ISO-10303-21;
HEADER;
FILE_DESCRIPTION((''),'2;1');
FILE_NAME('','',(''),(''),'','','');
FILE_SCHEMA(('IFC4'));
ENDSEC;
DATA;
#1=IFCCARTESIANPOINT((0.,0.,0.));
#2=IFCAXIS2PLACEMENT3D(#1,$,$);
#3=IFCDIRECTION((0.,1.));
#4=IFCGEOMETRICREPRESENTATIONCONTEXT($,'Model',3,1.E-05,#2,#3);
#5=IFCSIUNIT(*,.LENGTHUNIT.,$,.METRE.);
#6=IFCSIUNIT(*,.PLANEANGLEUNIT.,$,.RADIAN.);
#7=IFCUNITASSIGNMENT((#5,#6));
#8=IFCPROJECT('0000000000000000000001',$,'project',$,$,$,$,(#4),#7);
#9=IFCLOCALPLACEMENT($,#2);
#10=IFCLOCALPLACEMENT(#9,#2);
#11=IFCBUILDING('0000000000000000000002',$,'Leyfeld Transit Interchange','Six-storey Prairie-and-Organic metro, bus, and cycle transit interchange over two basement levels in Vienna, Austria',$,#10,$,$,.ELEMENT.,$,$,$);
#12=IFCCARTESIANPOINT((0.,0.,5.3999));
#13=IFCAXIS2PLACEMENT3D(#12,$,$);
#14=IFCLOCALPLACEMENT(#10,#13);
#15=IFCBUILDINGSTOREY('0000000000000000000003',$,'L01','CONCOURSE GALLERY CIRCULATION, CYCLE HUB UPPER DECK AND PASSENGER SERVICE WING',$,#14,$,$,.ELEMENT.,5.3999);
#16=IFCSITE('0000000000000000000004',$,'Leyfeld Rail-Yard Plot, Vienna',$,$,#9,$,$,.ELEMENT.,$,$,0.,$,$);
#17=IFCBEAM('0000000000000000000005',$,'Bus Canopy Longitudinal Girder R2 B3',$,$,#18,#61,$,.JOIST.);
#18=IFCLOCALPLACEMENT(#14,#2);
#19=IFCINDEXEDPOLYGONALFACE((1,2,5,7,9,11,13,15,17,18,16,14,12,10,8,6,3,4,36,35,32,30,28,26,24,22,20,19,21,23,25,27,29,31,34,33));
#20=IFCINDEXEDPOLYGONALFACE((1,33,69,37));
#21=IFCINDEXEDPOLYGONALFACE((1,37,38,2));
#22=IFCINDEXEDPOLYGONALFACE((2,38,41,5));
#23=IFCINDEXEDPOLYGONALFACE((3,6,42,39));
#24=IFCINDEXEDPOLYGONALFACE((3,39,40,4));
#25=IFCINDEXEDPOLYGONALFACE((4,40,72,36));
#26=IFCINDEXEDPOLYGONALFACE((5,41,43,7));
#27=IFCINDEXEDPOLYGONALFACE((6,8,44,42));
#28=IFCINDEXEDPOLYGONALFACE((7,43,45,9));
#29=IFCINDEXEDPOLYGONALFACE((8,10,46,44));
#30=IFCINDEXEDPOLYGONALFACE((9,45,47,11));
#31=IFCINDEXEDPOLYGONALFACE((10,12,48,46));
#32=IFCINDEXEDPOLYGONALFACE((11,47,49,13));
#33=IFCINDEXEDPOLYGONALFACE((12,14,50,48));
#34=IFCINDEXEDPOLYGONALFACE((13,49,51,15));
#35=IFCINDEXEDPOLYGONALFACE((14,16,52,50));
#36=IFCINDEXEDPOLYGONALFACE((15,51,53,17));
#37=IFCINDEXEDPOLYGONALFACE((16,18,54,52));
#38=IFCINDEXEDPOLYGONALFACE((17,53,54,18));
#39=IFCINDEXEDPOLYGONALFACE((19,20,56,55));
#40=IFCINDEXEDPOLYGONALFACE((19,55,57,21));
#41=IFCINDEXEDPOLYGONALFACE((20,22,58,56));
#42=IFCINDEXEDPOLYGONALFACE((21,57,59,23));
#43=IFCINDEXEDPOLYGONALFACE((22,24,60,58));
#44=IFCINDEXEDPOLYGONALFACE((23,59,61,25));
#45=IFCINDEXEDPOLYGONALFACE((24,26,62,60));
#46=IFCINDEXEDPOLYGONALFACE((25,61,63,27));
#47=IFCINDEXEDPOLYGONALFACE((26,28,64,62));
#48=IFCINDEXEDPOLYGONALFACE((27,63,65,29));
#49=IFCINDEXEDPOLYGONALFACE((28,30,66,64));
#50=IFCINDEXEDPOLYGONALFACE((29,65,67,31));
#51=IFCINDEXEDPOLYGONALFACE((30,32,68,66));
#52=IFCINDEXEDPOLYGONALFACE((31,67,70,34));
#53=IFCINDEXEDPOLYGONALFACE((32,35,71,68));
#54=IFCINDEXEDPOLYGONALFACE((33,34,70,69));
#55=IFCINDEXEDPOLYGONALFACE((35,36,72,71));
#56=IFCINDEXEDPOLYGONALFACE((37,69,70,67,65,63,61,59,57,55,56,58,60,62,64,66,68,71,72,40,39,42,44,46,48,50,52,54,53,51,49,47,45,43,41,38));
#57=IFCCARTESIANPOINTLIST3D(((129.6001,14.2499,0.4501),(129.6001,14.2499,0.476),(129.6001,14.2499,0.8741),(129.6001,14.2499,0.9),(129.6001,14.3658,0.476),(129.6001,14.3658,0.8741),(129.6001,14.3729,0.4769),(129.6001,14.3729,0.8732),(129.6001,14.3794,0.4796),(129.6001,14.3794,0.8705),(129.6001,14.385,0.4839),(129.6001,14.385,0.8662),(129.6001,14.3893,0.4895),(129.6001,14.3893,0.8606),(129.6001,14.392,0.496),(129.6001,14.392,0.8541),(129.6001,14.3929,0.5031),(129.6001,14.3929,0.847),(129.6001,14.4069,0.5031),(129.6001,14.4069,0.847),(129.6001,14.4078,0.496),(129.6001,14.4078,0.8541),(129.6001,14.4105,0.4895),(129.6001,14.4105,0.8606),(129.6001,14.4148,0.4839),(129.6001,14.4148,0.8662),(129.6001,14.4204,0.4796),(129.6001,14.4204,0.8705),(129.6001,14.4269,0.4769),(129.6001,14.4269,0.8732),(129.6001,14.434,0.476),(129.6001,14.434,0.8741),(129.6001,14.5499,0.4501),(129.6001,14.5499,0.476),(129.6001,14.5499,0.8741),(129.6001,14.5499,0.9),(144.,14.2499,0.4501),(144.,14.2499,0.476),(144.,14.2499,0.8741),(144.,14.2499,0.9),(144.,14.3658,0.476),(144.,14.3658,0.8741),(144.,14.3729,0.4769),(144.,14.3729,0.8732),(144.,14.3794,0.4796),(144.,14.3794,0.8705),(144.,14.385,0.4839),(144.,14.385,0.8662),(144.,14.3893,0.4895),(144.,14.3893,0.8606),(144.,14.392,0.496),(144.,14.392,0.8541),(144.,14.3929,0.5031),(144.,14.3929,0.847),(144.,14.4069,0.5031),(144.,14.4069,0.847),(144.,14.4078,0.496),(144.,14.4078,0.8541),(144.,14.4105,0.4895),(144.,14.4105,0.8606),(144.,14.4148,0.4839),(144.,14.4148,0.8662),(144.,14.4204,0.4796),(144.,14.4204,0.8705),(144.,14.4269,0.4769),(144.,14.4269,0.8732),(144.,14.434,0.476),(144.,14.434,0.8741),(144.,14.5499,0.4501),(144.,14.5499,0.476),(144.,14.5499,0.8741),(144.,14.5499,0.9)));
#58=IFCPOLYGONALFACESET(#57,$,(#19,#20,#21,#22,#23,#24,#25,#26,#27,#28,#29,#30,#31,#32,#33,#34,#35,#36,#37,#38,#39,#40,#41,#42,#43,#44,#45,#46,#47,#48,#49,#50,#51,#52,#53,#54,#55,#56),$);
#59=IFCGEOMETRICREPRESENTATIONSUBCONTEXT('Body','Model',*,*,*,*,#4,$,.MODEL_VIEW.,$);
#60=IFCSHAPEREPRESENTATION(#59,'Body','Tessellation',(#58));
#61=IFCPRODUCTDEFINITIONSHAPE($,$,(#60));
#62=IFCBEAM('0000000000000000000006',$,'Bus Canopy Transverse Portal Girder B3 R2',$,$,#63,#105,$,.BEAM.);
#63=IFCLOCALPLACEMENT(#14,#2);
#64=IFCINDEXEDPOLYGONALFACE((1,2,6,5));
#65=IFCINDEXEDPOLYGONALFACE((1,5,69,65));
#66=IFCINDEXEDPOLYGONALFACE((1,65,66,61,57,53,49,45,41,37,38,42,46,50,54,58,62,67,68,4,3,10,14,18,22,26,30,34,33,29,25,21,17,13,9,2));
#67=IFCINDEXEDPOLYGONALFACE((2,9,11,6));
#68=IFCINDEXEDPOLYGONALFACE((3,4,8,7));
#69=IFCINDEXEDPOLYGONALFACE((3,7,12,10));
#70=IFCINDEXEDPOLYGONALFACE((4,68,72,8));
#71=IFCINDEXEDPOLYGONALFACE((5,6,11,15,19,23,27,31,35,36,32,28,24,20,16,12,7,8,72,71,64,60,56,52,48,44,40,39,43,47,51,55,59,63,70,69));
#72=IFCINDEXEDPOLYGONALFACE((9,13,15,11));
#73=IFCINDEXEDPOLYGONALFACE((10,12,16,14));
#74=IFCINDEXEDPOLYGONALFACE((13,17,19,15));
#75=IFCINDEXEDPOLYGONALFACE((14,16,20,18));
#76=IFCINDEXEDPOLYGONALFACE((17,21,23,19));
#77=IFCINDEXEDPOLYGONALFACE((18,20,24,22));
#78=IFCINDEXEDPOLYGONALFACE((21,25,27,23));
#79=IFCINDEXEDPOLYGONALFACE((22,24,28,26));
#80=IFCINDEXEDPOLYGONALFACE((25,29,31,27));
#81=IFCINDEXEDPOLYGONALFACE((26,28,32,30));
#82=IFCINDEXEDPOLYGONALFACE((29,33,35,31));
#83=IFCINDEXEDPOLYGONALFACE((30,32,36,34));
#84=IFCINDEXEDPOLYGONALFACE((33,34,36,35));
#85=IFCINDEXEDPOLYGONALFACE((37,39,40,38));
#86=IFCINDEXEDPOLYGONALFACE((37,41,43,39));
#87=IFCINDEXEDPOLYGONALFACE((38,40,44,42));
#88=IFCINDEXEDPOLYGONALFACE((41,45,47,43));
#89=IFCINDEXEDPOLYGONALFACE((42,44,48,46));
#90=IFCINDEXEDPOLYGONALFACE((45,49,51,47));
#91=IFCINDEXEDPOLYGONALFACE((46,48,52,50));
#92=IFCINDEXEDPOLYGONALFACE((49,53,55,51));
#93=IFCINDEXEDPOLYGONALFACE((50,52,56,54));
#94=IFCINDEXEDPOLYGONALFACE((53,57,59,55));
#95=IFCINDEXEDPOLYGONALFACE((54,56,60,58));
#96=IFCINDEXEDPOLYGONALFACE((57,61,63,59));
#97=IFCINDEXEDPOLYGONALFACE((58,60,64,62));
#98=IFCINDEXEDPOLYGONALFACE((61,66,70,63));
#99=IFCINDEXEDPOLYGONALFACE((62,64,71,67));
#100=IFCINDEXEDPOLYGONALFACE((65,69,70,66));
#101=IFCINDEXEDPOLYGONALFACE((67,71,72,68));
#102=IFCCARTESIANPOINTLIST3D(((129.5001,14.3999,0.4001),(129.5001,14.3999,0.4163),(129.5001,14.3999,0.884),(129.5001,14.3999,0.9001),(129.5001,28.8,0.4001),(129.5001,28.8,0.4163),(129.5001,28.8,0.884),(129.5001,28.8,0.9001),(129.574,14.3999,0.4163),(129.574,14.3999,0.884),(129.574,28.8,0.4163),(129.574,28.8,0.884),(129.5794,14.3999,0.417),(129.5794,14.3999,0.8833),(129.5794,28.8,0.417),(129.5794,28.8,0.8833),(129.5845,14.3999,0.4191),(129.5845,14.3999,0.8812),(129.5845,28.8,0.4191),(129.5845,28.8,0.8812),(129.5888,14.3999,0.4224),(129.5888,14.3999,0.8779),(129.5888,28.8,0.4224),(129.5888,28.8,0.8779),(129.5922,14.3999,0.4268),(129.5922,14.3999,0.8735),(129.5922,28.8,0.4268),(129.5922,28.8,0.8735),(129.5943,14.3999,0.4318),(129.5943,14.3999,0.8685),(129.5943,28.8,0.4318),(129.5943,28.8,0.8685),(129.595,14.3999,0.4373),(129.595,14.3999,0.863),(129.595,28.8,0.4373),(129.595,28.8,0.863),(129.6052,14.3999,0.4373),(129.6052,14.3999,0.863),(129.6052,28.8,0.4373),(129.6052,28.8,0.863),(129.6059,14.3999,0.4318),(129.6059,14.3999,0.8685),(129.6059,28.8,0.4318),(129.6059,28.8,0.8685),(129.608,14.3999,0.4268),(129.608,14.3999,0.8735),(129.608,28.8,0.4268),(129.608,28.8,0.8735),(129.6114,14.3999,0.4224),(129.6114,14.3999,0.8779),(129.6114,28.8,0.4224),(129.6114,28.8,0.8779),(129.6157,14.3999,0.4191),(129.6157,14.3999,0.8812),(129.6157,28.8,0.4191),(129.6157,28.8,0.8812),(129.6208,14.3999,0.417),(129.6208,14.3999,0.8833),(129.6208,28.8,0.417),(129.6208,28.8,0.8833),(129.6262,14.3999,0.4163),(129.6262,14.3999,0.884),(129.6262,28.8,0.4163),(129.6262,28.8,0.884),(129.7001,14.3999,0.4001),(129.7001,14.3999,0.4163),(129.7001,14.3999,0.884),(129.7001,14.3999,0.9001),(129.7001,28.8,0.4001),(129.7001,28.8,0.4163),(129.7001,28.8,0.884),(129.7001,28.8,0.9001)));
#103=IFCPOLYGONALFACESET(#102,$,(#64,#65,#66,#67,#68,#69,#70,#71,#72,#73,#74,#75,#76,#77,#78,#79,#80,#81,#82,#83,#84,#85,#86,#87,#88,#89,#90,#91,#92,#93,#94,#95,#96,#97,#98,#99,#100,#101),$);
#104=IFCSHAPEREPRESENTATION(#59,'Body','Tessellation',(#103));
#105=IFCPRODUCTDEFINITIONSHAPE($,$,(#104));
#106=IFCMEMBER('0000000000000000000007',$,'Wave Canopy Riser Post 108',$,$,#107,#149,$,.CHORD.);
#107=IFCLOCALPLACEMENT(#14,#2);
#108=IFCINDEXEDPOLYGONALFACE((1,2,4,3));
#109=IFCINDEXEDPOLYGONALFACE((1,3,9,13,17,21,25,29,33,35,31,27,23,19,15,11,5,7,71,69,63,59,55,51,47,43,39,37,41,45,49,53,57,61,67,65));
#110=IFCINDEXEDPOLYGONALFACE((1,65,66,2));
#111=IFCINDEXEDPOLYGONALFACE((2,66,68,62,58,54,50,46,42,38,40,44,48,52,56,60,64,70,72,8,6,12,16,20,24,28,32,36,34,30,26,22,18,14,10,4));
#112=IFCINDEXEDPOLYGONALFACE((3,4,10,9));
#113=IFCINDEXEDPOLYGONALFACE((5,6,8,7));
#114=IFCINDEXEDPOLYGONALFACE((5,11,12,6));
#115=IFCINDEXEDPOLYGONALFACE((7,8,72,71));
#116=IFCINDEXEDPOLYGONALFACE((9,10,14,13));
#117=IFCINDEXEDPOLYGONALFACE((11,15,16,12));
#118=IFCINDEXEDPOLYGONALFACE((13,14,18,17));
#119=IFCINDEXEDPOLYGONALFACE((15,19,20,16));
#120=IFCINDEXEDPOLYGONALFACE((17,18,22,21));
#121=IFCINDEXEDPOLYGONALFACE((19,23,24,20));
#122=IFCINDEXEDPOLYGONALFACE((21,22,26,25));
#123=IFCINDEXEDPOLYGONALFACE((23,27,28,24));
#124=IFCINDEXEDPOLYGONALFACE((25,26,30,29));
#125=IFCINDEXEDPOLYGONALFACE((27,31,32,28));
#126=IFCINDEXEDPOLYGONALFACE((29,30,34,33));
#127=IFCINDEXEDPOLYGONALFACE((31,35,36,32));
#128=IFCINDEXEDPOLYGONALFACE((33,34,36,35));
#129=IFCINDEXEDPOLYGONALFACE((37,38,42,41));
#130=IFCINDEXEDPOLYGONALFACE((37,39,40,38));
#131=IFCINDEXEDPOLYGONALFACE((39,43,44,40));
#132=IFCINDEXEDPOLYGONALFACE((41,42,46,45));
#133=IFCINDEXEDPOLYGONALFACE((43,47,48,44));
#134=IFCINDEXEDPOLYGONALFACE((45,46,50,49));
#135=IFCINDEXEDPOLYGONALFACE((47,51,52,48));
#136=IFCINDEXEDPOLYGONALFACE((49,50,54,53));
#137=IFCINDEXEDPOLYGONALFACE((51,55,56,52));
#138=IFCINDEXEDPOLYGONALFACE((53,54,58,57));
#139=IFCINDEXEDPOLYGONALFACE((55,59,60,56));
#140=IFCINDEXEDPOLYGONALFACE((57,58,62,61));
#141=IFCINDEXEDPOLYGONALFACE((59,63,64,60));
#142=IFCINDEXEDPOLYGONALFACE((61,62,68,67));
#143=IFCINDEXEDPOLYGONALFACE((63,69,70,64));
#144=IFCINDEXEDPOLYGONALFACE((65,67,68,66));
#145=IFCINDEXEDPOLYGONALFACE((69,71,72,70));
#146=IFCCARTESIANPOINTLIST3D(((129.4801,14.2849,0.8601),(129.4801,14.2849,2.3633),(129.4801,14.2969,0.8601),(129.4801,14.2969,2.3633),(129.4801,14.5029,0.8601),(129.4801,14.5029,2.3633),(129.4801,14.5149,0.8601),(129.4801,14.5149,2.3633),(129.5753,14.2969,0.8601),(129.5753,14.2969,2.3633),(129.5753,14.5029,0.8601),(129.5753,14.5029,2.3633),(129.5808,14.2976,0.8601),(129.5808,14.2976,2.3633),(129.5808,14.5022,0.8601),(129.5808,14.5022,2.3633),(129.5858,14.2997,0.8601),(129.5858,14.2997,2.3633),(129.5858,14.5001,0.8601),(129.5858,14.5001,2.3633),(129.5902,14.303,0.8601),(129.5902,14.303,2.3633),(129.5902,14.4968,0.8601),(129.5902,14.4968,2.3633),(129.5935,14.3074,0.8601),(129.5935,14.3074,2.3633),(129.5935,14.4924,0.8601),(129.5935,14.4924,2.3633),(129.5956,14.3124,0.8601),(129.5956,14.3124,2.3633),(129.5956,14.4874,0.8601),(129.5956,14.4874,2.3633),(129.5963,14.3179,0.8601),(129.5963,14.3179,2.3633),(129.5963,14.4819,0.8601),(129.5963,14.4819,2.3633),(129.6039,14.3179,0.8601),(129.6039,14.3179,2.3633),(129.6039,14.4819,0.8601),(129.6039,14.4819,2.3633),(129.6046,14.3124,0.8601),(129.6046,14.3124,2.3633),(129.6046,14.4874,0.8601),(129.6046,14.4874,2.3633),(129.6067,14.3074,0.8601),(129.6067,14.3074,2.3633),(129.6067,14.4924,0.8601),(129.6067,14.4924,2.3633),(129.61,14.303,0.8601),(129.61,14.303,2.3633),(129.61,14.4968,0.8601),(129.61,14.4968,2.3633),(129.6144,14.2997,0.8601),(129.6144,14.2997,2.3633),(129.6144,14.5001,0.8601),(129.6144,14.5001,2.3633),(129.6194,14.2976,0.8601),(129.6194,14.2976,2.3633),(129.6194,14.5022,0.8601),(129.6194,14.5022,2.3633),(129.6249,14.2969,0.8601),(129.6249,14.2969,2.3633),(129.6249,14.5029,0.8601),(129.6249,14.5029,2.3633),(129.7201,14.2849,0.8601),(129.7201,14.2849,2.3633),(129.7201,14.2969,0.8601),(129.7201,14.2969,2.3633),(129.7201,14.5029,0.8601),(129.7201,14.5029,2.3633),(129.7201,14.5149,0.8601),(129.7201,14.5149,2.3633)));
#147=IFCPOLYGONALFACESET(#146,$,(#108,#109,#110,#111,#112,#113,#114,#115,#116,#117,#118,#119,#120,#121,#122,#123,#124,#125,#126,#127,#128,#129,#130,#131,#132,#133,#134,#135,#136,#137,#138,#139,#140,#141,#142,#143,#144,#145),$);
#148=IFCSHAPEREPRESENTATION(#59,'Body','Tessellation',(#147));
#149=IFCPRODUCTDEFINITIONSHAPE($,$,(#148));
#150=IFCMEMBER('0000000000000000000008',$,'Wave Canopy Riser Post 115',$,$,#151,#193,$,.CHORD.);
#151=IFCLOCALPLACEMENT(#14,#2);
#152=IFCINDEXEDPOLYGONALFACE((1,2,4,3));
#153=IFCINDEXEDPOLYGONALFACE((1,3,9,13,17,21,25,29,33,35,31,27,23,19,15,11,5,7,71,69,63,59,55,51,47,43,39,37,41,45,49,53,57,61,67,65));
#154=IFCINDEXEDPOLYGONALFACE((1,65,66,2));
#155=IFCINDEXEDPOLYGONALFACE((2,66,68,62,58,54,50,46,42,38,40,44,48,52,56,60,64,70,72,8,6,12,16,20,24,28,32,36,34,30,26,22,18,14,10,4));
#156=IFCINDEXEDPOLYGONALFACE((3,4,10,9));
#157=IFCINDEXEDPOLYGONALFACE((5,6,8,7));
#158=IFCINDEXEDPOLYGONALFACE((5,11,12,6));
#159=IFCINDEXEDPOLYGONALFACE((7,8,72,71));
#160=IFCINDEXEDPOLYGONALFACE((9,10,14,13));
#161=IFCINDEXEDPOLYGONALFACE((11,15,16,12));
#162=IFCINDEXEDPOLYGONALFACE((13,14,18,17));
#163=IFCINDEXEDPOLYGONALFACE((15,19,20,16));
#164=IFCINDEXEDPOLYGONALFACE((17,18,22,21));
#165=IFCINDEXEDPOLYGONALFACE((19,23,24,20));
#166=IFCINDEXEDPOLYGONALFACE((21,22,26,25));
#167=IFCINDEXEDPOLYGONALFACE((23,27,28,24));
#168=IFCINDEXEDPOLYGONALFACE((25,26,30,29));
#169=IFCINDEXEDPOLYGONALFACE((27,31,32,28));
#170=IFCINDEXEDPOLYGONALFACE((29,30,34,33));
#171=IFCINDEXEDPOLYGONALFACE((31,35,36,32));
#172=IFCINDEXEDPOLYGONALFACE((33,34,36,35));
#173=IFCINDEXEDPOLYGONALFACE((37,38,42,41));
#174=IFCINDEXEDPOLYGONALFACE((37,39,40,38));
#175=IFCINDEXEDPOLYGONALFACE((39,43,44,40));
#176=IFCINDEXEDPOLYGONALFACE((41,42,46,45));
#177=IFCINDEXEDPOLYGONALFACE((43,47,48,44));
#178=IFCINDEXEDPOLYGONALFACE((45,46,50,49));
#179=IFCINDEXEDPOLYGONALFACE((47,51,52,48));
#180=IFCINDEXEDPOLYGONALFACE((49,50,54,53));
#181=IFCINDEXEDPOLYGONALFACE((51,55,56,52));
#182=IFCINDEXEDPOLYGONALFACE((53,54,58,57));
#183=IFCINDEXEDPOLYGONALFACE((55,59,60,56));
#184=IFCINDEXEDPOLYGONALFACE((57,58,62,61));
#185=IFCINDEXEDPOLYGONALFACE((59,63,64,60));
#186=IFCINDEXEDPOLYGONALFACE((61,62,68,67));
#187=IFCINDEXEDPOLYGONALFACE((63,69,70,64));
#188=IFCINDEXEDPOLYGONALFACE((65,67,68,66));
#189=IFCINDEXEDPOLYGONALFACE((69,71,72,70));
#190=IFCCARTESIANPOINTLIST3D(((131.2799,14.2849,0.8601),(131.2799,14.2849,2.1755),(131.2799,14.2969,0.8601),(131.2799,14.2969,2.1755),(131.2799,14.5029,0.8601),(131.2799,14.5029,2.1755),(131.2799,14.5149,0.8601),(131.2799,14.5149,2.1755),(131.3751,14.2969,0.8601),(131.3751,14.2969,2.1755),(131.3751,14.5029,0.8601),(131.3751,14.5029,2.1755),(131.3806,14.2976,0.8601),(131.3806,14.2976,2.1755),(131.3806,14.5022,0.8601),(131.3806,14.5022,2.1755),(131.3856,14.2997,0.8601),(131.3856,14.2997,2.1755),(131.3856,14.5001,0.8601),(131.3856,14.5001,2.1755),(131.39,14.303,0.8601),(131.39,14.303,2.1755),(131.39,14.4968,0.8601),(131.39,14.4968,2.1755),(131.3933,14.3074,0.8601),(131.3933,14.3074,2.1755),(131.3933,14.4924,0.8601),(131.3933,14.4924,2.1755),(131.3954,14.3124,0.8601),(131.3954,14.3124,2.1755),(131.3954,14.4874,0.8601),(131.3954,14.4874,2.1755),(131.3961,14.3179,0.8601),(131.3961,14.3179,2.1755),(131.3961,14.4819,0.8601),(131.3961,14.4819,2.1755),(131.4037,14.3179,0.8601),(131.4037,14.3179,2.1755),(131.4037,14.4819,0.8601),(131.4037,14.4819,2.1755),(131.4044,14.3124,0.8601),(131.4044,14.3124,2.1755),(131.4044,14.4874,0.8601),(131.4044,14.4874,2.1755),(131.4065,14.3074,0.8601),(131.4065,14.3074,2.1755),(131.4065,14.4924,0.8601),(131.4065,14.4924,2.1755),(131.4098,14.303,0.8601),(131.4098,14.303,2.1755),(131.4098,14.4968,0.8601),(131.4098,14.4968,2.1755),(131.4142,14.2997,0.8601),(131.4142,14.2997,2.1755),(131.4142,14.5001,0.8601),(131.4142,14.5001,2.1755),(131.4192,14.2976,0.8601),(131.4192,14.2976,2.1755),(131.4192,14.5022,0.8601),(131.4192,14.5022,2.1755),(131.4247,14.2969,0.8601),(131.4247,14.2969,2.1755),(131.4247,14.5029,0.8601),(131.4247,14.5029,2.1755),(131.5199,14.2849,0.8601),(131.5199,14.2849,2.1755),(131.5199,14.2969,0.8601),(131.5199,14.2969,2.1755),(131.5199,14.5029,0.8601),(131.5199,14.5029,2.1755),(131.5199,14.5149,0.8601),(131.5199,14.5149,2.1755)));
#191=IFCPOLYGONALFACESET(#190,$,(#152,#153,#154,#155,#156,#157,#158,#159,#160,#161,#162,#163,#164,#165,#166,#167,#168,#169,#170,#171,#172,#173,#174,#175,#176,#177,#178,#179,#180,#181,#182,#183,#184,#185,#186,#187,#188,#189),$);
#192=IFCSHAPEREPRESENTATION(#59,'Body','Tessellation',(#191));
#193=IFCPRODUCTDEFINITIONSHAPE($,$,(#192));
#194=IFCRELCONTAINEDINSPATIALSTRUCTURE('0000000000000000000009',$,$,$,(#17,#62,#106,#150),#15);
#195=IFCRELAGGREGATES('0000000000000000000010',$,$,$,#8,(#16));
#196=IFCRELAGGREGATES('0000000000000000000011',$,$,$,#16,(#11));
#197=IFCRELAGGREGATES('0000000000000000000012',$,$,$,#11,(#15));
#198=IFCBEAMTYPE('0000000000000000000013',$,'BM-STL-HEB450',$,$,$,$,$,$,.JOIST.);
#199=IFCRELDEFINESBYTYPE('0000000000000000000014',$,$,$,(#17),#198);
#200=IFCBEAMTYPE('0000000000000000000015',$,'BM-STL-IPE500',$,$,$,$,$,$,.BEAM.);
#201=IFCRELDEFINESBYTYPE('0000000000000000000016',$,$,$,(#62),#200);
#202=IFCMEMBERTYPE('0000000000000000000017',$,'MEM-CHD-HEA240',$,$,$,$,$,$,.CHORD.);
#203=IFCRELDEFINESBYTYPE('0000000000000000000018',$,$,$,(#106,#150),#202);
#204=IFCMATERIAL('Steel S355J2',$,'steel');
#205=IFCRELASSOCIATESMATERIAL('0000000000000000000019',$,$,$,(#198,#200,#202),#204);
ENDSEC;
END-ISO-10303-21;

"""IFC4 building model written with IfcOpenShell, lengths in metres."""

from ifc_helpers import new_model, si_unit, direction, frame, origin, origin_2d, place, context, subcontext, project, spatial, i_section, extrude, material, material_profile, profile_set, type_object, element, save


model = new_model("IFC4")

# Units and contexts
model_context = context("Model", 3, precision=1e-05, world=origin(), true_north=direction((0.0, 1.0)))
body_context = subcontext(model_context, "Body", "Model", "MODEL_VIEW")
ifc_project = project(units=[si_unit("LENGTHUNIT", "METRE"), si_unit("PLANEANGLEUNIT", "RADIAN")], contexts=[model_context])

# Site, building, storey
site_placement = place(None, origin())
site = spatial("IfcSite", under=ifc_project, at=site_placement, Name="Leyfeld Rail-Yard Plot, Vienna", CompositionType="ELEMENT", RefElevation=0.0)
building_placement = place(site_placement, origin())
building = spatial("IfcBuilding", under=site, at=building_placement, Name="Leyfeld Transit Interchange", Description="Six-storey Prairie-and-Organic metro, bus, and cycle transit interchange over two basement levels in Vienna, Austria", CompositionType="ELEMENT")
storey_placement = place(building_placement, frame((0.0, 0.0, 5.3999)))
storey = spatial("IfcBuildingStorey", under=building, at=storey_placement, Name="L01", Description="CONCOURSE GALLERY CIRCULATION, CYCLE HUB UPPER DECK AND PASSENGER SERVICE WING", CompositionType="ELEMENT", Elevation=5.3999)

# Beams
ifc_material_1 = material(Name="Steel S355J2", Category="steel")
ifc_material_profile_1 = material_profile(ifc_material_1, i_section(OverallWidth=0.3, OverallDepth=0.45, WebThickness=0.0139, FlangeThickness=0.0259, FilletRadius=0.0271, at=origin_2d()), Name="HEB 450")
ifc_profile_set_1 = profile_set([ifc_material_profile_1], Name="Steel S355J2")
beam_type_1 = type_object("IfcBeamType", Name="BM-STL-HEB450", PredefinedType="JOIST", material=ifc_profile_set_1)
beam_1_placement = place(storey_placement, frame((129.6001, 14.3999, 0.675), z_axis=(1.0, 0.0, 0.0), x_axis=(0.0, 1.0, 0.0)))
element("IfcBeam", 1, at=beam_1_placement, inside=storey, type_object=beam_type_1, Name="Bus Canopy Longitudinal Girder R2 B3", PredefinedType="JOIST", context=body_context, shape_type="SweptSolid", body=[
    extrude(i_section(OverallWidth=0.3, OverallDepth=0.45, WebThickness=0.0139, FlangeThickness=0.0259, FilletRadius=0.0271, at=origin_2d()), origin(), (0.0, 0.0, 1.0), 14.3999),
])
ifc_material_profile_2 = material_profile(ifc_material_1, i_section(OverallWidth=0.2, OverallDepth=0.5, WebThickness=0.0103, FlangeThickness=0.0161, FilletRadius=0.021, at=origin_2d()), Name="IPE 500")
ifc_profile_set_2 = profile_set([ifc_material_profile_2], Name="Steel S355J2")
beam_type_2 = type_object("IfcBeamType", Name="BM-STL-IPE500", PredefinedType="BEAM", material=ifc_profile_set_2)
beam_2_placement = place(storey_placement, frame((129.6001, 14.3999, 0.6501), z_axis=(0.0, 1.0, 0.0), x_axis=(-1.0, 0.0, 0.0)))
element("IfcBeam", 2, at=beam_2_placement, inside=storey, type_object=beam_type_2, Name="Bus Canopy Transverse Portal Girder B3 R2", PredefinedType="BEAM", context=body_context, shape_type="SweptSolid", body=[
    extrude(i_section(OverallWidth=0.2, OverallDepth=0.5, WebThickness=0.0103, FlangeThickness=0.0161, FilletRadius=0.021, at=origin_2d()), origin(), (0.0, 0.0, 1.0), 14.4001),
])

# Members
ifc_material_profile_3 = material_profile(ifc_material_1, i_section(OverallWidth=0.24, OverallDepth=0.23, WebThickness=0.0076, FlangeThickness=0.012, FilletRadius=0.021, at=origin_2d()), Name="HEA 240")
ifc_profile_set_3 = profile_set([ifc_material_profile_3], Name="Steel S355J2")
member_type_1 = type_object("IfcMemberType", Name="MEM-CHD-HEA240", PredefinedType="CHORD", material=ifc_profile_set_3)
member_1_placement = place(storey_placement, frame((129.6001, 14.3999, 0.8601), z_axis=(0.0, 0.0, 1.0), x_axis=(1.0, 0.0, 0.0)))
element("IfcMember", 3, at=member_1_placement, inside=storey, type_object=member_type_1, Name="Wave Canopy Riser Post 108", PredefinedType="CHORD", context=body_context, shape_type="SweptSolid", body=[
    extrude(i_section(OverallWidth=0.24, OverallDepth=0.23, WebThickness=0.0076, FlangeThickness=0.012, FilletRadius=0.021, at=origin_2d()), origin(), (0.0, 0.0, 1.0), 1.5032),
])
member_2_placement = place(storey_placement, frame((131.3999, 14.3999, 0.8601), z_axis=(0.0, 0.0, 1.0), x_axis=(1.0, 0.0, 0.0)))
element("IfcMember", 4, at=member_2_placement, inside=storey, type_object=member_type_1, Name="Wave Canopy Riser Post 115", PredefinedType="CHORD", context=body_context, shape_type="SweptSolid", body=[
    extrude(i_section(OverallWidth=0.24, OverallDepth=0.23, WebThickness=0.0076, FlangeThickness=0.012, FilletRadius=0.021, at=origin_2d()), origin(), (0.0, 0.0, 1.0), 1.3154),
])

save(model, "model.ifc")
